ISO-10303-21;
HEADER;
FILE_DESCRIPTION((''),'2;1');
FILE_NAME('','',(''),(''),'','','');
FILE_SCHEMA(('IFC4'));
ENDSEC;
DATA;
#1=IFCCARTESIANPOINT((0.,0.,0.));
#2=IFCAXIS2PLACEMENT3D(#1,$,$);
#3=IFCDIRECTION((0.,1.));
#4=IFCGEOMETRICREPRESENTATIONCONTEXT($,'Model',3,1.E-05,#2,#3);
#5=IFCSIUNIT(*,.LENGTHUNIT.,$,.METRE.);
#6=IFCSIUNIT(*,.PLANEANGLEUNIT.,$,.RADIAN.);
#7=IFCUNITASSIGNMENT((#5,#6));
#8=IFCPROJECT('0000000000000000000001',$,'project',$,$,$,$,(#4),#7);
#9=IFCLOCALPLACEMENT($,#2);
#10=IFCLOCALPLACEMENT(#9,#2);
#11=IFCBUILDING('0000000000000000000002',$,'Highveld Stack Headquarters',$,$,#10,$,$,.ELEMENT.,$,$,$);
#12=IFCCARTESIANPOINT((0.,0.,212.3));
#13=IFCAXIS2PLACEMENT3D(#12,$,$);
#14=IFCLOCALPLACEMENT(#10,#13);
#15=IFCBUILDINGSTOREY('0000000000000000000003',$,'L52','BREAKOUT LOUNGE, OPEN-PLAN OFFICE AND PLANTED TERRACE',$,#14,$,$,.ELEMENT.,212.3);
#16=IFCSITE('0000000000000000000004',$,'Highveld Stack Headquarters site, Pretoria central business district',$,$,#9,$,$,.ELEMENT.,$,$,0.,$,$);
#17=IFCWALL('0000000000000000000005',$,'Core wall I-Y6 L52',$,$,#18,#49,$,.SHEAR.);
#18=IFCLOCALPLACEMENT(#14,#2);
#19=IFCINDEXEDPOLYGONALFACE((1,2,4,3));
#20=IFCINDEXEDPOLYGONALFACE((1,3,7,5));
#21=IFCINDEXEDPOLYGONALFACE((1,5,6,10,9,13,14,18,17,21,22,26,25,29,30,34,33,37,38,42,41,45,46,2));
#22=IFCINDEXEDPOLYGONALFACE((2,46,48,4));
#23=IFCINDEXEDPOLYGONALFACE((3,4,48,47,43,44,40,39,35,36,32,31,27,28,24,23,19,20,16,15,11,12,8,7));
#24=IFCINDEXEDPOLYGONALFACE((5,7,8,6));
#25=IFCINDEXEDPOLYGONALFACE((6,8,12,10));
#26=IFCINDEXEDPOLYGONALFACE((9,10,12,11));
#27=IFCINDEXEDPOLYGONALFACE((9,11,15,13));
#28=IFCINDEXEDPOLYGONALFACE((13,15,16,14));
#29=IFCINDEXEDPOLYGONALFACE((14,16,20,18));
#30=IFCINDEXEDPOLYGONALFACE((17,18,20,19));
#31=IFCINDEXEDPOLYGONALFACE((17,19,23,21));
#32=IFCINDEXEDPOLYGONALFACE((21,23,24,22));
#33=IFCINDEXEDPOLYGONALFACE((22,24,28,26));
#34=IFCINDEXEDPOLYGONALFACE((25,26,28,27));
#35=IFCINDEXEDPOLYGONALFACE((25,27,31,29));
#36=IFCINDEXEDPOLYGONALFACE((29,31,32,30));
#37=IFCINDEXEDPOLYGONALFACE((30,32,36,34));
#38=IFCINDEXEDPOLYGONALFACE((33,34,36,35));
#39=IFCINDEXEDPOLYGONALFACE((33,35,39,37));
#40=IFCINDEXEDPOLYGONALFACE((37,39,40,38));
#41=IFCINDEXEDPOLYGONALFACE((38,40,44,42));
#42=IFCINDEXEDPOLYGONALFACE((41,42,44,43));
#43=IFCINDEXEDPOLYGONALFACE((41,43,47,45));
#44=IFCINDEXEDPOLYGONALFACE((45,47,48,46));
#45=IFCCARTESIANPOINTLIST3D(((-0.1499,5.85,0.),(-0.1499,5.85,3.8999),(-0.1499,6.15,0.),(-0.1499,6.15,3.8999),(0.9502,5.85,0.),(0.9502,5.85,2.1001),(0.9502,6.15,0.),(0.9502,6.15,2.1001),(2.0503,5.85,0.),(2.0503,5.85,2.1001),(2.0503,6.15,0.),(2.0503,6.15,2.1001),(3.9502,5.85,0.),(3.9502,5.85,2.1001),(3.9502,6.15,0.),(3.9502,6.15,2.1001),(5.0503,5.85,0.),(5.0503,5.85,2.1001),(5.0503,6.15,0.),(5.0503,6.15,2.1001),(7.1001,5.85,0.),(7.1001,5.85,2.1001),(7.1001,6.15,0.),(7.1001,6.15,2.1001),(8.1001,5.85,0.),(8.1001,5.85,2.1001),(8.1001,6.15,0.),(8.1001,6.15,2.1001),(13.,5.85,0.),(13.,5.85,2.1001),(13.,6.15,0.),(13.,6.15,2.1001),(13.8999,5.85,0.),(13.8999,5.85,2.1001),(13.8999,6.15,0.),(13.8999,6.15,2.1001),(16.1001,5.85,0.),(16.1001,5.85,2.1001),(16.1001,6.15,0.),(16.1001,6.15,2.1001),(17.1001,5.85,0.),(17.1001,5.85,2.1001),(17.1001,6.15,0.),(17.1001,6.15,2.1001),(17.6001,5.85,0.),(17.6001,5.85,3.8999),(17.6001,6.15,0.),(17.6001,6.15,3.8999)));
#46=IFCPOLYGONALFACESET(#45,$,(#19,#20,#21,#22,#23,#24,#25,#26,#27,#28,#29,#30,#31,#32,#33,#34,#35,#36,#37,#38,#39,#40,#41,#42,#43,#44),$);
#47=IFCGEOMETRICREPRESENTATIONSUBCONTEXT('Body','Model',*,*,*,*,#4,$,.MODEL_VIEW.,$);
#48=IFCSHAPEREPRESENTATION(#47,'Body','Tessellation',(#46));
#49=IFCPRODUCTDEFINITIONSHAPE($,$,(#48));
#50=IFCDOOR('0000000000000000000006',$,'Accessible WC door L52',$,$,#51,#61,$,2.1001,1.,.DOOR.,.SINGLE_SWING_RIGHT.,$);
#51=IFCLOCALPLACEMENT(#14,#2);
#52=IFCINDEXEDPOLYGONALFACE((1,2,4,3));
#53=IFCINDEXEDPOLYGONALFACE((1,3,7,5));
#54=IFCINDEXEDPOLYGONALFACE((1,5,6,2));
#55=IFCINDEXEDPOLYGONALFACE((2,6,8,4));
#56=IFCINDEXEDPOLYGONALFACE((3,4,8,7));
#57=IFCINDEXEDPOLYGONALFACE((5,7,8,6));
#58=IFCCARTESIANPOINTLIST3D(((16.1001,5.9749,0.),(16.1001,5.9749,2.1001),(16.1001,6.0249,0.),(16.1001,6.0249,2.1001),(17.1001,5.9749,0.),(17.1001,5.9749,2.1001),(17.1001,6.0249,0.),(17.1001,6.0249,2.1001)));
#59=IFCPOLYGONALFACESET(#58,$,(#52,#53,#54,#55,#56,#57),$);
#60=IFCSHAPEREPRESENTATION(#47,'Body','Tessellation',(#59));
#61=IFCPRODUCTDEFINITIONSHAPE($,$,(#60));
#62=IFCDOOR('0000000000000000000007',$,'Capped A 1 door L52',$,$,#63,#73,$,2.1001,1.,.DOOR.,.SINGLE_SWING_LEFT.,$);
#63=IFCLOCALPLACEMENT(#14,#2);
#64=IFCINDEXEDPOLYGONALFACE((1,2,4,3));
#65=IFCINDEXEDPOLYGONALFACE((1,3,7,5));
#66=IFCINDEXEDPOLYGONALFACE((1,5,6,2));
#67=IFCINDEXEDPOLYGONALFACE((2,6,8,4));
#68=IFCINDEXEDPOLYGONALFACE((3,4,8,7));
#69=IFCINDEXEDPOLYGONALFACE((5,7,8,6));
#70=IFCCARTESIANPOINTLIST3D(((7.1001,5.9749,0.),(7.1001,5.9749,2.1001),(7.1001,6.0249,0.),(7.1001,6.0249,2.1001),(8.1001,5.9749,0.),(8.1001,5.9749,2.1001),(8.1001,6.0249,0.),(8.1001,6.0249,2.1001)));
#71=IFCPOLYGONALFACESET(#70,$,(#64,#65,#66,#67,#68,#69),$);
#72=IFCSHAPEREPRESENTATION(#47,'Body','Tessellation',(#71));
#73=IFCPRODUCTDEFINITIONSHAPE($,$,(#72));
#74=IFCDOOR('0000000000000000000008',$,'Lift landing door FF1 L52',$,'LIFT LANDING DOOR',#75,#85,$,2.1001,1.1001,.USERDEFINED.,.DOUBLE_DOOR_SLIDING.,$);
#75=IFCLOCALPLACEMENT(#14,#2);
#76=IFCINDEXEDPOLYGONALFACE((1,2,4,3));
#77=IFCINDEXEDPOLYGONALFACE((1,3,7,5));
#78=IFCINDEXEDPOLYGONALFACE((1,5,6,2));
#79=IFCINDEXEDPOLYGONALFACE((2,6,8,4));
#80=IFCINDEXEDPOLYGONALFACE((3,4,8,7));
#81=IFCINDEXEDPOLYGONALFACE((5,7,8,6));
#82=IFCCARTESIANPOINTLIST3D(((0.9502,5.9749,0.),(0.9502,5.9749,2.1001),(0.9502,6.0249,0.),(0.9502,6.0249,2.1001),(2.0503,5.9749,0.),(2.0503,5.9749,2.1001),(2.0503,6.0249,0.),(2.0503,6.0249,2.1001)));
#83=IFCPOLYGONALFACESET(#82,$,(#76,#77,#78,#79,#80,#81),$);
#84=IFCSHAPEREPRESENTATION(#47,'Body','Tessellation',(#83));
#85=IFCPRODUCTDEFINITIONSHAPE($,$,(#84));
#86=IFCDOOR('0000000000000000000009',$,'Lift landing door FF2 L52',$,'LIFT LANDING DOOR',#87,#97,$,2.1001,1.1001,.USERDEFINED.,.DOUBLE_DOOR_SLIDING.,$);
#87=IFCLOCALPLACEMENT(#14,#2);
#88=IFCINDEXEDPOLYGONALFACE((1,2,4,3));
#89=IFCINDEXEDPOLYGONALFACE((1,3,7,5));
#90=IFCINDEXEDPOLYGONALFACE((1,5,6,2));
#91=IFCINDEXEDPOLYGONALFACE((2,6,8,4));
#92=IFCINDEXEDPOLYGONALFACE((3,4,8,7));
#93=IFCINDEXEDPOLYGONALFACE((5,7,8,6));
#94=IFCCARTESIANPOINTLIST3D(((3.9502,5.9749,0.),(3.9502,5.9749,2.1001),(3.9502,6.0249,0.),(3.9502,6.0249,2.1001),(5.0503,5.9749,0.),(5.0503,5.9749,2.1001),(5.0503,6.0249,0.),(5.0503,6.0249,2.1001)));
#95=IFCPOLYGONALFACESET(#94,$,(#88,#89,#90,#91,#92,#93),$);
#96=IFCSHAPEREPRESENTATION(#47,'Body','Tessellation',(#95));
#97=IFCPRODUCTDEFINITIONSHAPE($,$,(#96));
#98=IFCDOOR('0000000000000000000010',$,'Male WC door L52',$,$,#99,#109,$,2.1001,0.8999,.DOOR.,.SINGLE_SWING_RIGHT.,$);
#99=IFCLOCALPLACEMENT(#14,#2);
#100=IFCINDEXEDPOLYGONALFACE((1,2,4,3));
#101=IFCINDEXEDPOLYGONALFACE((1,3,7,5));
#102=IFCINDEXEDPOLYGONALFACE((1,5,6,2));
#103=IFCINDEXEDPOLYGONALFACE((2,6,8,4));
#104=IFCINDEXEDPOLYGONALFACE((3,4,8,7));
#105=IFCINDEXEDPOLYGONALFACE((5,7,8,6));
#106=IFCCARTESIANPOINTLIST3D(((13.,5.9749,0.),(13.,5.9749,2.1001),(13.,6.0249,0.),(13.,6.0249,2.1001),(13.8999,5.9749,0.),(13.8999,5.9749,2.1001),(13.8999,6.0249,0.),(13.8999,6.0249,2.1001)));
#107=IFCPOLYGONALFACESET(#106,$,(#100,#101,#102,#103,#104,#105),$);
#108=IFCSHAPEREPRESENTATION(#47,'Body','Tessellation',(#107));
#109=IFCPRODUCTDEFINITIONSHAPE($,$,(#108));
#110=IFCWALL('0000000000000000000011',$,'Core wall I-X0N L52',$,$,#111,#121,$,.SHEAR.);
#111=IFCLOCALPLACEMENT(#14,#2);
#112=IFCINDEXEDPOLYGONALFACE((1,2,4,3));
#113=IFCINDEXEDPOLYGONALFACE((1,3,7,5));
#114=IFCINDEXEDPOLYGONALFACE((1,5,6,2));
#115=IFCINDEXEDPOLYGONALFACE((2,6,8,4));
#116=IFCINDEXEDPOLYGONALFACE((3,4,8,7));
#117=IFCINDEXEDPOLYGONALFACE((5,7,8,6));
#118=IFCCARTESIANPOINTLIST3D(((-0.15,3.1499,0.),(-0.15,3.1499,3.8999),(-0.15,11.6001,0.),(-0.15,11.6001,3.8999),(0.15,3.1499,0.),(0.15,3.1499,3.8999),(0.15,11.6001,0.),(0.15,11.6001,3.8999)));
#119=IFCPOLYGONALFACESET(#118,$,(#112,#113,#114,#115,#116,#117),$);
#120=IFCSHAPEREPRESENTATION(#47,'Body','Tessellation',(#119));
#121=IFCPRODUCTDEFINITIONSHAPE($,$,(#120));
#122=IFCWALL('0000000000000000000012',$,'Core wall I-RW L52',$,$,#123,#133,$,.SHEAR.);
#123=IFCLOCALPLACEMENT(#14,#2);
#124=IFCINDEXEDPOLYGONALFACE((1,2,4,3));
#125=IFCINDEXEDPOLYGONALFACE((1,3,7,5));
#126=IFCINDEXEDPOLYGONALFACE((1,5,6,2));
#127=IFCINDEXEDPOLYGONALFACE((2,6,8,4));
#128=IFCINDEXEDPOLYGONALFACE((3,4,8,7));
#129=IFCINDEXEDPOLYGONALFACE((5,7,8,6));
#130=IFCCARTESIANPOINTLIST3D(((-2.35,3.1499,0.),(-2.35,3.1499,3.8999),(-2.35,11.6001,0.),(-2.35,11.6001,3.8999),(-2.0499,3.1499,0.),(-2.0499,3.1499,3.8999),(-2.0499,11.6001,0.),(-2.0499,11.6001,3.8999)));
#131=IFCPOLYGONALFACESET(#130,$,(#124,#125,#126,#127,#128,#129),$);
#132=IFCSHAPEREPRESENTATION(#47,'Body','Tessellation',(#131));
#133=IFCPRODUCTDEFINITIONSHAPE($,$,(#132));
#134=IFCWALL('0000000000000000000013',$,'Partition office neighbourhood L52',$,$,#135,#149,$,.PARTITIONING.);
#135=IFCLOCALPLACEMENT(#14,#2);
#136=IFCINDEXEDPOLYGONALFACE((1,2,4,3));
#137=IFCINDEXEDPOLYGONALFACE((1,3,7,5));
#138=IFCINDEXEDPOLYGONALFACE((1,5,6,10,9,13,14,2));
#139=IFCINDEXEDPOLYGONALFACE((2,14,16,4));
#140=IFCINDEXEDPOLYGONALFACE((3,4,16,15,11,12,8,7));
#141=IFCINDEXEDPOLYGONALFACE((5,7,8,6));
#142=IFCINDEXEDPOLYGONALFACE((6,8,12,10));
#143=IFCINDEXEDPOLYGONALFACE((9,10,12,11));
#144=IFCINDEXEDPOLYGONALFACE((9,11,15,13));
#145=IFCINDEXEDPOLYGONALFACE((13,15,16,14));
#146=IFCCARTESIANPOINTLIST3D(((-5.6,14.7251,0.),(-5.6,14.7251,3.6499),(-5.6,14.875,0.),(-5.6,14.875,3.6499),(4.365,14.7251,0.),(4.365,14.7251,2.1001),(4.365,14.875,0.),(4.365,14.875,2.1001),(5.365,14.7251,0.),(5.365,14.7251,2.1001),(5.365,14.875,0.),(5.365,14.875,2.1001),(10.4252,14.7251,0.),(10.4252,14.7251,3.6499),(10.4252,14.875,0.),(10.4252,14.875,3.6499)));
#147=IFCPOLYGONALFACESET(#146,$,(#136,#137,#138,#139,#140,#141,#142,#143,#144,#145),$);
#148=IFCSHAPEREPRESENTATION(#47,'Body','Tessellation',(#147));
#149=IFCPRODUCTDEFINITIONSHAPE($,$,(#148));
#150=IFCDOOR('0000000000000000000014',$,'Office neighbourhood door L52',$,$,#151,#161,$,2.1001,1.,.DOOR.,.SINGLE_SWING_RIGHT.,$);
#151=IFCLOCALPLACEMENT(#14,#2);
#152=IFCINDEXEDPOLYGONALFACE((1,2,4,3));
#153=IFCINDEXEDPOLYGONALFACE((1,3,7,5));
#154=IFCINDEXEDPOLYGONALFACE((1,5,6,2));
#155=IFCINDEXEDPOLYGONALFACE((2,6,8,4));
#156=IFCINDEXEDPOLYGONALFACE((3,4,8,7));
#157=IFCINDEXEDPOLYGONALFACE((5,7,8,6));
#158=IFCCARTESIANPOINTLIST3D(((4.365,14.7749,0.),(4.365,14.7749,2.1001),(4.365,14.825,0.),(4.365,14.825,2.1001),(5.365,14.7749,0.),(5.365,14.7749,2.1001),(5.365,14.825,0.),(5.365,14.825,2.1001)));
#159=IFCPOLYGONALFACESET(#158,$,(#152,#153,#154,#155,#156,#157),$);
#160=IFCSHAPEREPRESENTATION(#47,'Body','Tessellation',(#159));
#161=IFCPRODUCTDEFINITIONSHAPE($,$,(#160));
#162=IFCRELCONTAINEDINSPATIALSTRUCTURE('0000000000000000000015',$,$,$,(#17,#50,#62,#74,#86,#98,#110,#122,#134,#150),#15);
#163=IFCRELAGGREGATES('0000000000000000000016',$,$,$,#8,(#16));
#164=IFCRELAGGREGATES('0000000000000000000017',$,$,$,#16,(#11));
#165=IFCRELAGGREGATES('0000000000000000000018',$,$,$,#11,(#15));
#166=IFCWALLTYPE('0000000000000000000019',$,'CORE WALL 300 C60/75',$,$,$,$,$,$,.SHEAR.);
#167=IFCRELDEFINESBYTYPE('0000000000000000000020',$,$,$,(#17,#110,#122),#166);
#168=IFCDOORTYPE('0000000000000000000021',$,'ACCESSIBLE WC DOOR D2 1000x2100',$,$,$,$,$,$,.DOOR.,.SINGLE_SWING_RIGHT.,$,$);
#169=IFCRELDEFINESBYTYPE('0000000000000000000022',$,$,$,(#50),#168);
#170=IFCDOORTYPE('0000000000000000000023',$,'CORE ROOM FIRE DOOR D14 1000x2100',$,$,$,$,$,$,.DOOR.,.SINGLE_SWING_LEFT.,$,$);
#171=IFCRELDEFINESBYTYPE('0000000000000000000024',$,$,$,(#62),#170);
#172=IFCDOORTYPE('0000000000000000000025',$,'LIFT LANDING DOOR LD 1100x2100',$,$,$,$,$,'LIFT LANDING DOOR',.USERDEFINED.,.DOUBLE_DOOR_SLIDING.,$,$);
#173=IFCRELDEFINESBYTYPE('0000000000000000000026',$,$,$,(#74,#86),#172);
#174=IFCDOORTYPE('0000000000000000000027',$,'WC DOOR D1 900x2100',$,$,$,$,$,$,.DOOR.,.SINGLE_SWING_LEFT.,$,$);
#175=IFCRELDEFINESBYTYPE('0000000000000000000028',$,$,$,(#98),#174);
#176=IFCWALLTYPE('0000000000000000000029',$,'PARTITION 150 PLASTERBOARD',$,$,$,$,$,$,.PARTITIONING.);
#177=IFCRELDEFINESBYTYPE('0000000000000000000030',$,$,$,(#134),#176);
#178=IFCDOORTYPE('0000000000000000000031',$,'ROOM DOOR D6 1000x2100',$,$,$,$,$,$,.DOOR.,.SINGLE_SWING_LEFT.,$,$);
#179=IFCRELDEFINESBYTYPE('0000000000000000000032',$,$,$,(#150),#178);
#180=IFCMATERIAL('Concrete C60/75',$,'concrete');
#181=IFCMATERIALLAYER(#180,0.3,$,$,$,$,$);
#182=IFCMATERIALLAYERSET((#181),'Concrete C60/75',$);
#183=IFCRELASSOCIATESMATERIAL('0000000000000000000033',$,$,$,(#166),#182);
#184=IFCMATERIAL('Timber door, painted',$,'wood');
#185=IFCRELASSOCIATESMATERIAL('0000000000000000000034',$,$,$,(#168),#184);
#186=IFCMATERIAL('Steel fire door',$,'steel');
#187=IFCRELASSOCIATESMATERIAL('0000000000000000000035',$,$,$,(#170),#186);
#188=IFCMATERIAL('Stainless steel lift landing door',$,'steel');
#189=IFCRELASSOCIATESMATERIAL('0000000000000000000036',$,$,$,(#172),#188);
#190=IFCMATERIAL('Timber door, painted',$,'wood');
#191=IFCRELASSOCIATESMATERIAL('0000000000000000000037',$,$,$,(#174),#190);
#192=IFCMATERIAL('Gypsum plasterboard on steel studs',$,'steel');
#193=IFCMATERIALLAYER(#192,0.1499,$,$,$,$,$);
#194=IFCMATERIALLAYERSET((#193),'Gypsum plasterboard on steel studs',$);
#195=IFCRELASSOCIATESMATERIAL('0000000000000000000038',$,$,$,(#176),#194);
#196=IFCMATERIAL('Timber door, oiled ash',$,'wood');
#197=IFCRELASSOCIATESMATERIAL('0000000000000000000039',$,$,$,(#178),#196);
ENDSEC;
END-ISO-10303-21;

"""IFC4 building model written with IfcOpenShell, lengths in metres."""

from ifc_helpers import new_model, si_unit, direction, frame, frame_2d, origin, place, context, subcontext, project, spatial, rectangle, extrude, material, layer, layer_set, type_object, element, fill, save


model = new_model("IFC4")

# Units and contexts
model_context = context("Model", 3, precision=1e-05, world=origin(), true_north=direction((0.0, 1.0)))
body_context = subcontext(model_context, "Body", "Model", "MODEL_VIEW")
ifc_project = project(units=[si_unit("LENGTHUNIT", "METRE"), si_unit("PLANEANGLEUNIT", "RADIAN")], contexts=[model_context])

# Site, building, storey
site_placement = place(None, origin())
site = spatial("IfcSite", under=ifc_project, at=site_placement, Name="Highveld Stack Headquarters site, Pretoria central business district", CompositionType="ELEMENT", RefElevation=0.0)
building_placement = place(site_placement, origin())
building = spatial("IfcBuilding", under=site, at=building_placement, Name="Highveld Stack Headquarters", CompositionType="ELEMENT")
storey_placement = place(building_placement, frame((0.0, 0.0, 212.3)))
storey = spatial("IfcBuildingStorey", under=building, at=storey_placement, Name="L52", Description="BREAKOUT LOUNGE, OPEN-PLAN OFFICE AND PLANTED TERRACE", CompositionType="ELEMENT", Elevation=212.3)

# Wall, openings, doors
ifc_material_1 = material(Name="Concrete C60/75", Category="concrete")
ifc_layer_1 = layer(ifc_material_1, 0.3)
ifc_layer_set_1 = layer_set([ifc_layer_1], Name="Concrete C60/75")
wall_type_1 = type_object("IfcWallType", Name="CORE WALL 300 C60/75", PredefinedType="SHEAR", material=ifc_layer_set_1)
wall_1_placement = place(storey_placement, frame((-0.1499, 6.0, 0.0), z_axis=(0.0, 0.0, 1.0), x_axis=(1.0, 0.0, 0.0)))
wall_1 = element("IfcWall", 1, at=wall_1_placement, inside=storey, type_object=wall_type_1, Name="Core wall I-Y6 L52", PredefinedType="SHEAR", context=body_context, shape_type="SweptSolid", body=[
    extrude(rectangle(XDim=17.75, YDim=0.3, at=frame_2d((8.875, 0.0))), origin(), (0.0, 0.0, 1.0), 3.8999),
])
opening_1_placement = place(wall_1_placement, frame((13.1499, 0.0, 0.0)))
opening_1 = element("IfcOpeningElement", 2, at=opening_1_placement, cuts=wall_1, PredefinedType="OPENING", context=body_context, shape_type="SweptSolid", body=[
    extrude(rectangle(XDim=0.8999, YDim=2.1001, at=frame_2d((0.45, 1.05))), frame((0.0, 0.1599, 0.0), z_axis=(0.0, -1.0, 0.0), x_axis=(1.0, 0.0, 0.0)), (0.0, 0.0, 1.0), 0.3201),
])
opening_2_placement = place(wall_1_placement, frame((16.25, 0.0, 0.0)))
opening_2 = element("IfcOpeningElement", 3, at=opening_2_placement, cuts=wall_1, PredefinedType="OPENING", context=body_context, shape_type="SweptSolid", body=[
    extrude(rectangle(XDim=1.0, YDim=2.1001, at=frame_2d((0.5, 1.05))), frame((0.0, 0.1599, 0.0), z_axis=(0.0, -1.0, 0.0), x_axis=(1.0, 0.0, 0.0)), (0.0, 0.0, 1.0), 0.3201),
])
opening_3_placement = place(wall_1_placement, frame((7.25, 0.0, 0.0)))
opening_3 = element("IfcOpeningElement", 4, at=opening_3_placement, cuts=wall_1, PredefinedType="OPENING", context=body_context, shape_type="SweptSolid", body=[
    extrude(rectangle(XDim=1.0, YDim=2.1001, at=frame_2d((0.5, 1.05))), frame((0.0, 0.1599, 0.0), z_axis=(0.0, -1.0, 0.0), x_axis=(1.0, 0.0, 0.0)), (0.0, 0.0, 1.0), 0.3201),
])
opening_4_placement = place(wall_1_placement, frame((1.1001, 0.0, 0.0)))
opening_4 = element("IfcOpeningElement", 5, at=opening_4_placement, cuts=wall_1, PredefinedType="OPENING", context=body_context, shape_type="SweptSolid", body=[
    extrude(rectangle(XDim=1.1001, YDim=2.1001, at=frame_2d((0.55, 1.05))), frame((0.0, 0.1599, 0.0), z_axis=(0.0, -1.0, 0.0), x_axis=(1.0, 0.0, 0.0)), (0.0, 0.0, 1.0), 0.3201),
])
opening_5_placement = place(wall_1_placement, frame((4.1001, 0.0, 0.0)))
opening_5 = element("IfcOpeningElement", 6, at=opening_5_placement, cuts=wall_1, PredefinedType="OPENING", context=body_context, shape_type="SweptSolid", body=[
    extrude(rectangle(XDim=1.1001, YDim=2.1001, at=frame_2d((0.55, 1.05))), frame((0.0, 0.1599, 0.0), z_axis=(0.0, -1.0, 0.0), x_axis=(1.0, 0.0, 0.0)), (0.0, 0.0, 1.0), 0.3201),
])
ifc_material_2 = material(Name="Timber door, painted", Category="wood")
door_type_1 = type_object("IfcDoorType", Name="ACCESSIBLE WC DOOR D2 1000x2100", OperationType="SINGLE_SWING_RIGHT", PredefinedType="DOOR", material=ifc_material_2)
door_1_placement = place(opening_2_placement, origin())
door_1 = element("IfcDoor", 7, at=door_1_placement, inside=storey, type_object=door_type_1, Name="Accessible WC door L52", OperationType="SINGLE_SWING_RIGHT", OverallHeight=2.1001, OverallWidth=1.0, PredefinedType="DOOR", context=body_context, shape_type="SweptSolid", body=[
    extrude(rectangle(XDim=1.0, YDim=2.1001, at=frame_2d((0.5, 1.05))), frame((0.0, 0.0249, 0.0), z_axis=(0.0, -1.0, 0.0), x_axis=(1.0, 0.0, 0.0)), (0.0, 0.0, 1.0), 0.05),
])
fill(opening_2, door_1)
ifc_material_3 = material(Name="Steel fire door", Category="steel")
door_type_2 = type_object("IfcDoorType", Name="CORE ROOM FIRE DOOR D14 1000x2100", OperationType="SINGLE_SWING_LEFT", PredefinedType="DOOR", material=ifc_material_3)
door_2_placement = place(opening_3_placement, origin())
door_2 = element("IfcDoor", 8, at=door_2_placement, inside=storey, type_object=door_type_2, Name="Capped A 1 door L52", OperationType="SINGLE_SWING_LEFT", OverallHeight=2.1001, OverallWidth=1.0, PredefinedType="DOOR", context=body_context, shape_type="SweptSolid", body=[
    extrude(rectangle(XDim=1.0, YDim=2.1001, at=frame_2d((0.5, 1.05))), frame((0.0, 0.0249, 0.0), z_axis=(0.0, -1.0, 0.0), x_axis=(1.0, 0.0, 0.0)), (0.0, 0.0, 1.0), 0.05),
])
fill(opening_3, door_2)
ifc_material_4 = material(Name="Stainless steel lift landing door", Category="steel")
door_type_3 = type_object("IfcDoorType", Name="LIFT LANDING DOOR LD 1100x2100", ElementType="LIFT LANDING DOOR", OperationType="DOUBLE_DOOR_SLIDING", PredefinedType="USERDEFINED", material=ifc_material_4)
door_3_placement = place(opening_4_placement, origin())
door_3 = element("IfcDoor", 9, at=door_3_placement, inside=storey, type_object=door_type_3, Name="Lift landing door FF1 L52", ObjectType="LIFT LANDING DOOR", OperationType="DOUBLE_DOOR_SLIDING", OverallHeight=2.1001, OverallWidth=1.1001, PredefinedType="USERDEFINED", context=body_context, shape_type="SweptSolid", body=[
    extrude(rectangle(XDim=1.1001, YDim=2.1001, at=frame_2d((0.55, 1.05))), frame((0.0, 0.0249, 0.0), z_axis=(0.0, -1.0, 0.0), x_axis=(1.0, 0.0, 0.0)), (0.0, 0.0, 1.0), 0.05),
])
fill(opening_4, door_3)
door_4_placement = place(opening_5_placement, origin())
door_4 = element("IfcDoor", 10, at=door_4_placement, inside=storey, type_object=door_type_3, Name="Lift landing door FF2 L52", ObjectType="LIFT LANDING DOOR", OperationType="DOUBLE_DOOR_SLIDING", OverallHeight=2.1001, OverallWidth=1.1001, PredefinedType="USERDEFINED", context=body_context, shape_type="SweptSolid", body=[
    extrude(rectangle(XDim=1.1001, YDim=2.1001, at=frame_2d((0.55, 1.05))), frame((0.0, 0.0249, 0.0), z_axis=(0.0, -1.0, 0.0), x_axis=(1.0, 0.0, 0.0)), (0.0, 0.0, 1.0), 0.05),
])
fill(opening_5, door_4)
ifc_material_5 = material(Name="Timber door, painted", Category="wood")
door_type_4 = type_object("IfcDoorType", Name="WC DOOR D1 900x2100", OperationType="SINGLE_SWING_LEFT", PredefinedType="DOOR", material=ifc_material_5)
door_5_placement = place(opening_1_placement, origin())
door_5 = element("IfcDoor", 11, at=door_5_placement, inside=storey, type_object=door_type_4, Name="Male WC door L52", OperationType="SINGLE_SWING_RIGHT", OverallHeight=2.1001, OverallWidth=0.8999, PredefinedType="DOOR", context=body_context, shape_type="SweptSolid", body=[
    extrude(rectangle(XDim=0.8999, YDim=2.1001, at=frame_2d((0.45, 1.05))), frame((0.0, 0.0249, 0.0), z_axis=(0.0, -1.0, 0.0), x_axis=(1.0, 0.0, 0.0)), (0.0, 0.0, 1.0), 0.05),
])
fill(opening_1, door_5)

# Walls
for number, where, z_axis, x_axis, name in (
    (12, (0.0, 3.1499, 0.0), (0.0, 0.0, 1.0), (0.0, 1.0, 0.0), "Core wall I-X0N L52"),
    (13, (-2.2, 3.1499, 0.0), (0.0, 0.0, 1.0), (0.0, 1.0, 0.0), "Core wall I-RW L52"),
):
    element("IfcWall", number, at=place(storey_placement, frame(where, z_axis=z_axis, x_axis=x_axis)), inside=storey, type_object=wall_type_1, Name=name, PredefinedType="SHEAR", context=body_context, shape_type="SweptSolid", body=[
        extrude(rectangle(XDim=8.4502, YDim=0.3, at=frame_2d((4.2251, 0.0))), origin(), (0.0, 0.0, 1.0), 3.8999),
    ])

# Wall, opening, door
ifc_material_6 = material(Name="Gypsum plasterboard on steel studs", Category="steel")
ifc_layer_2 = layer(ifc_material_6, 0.1499)
ifc_layer_set_2 = layer_set([ifc_layer_2], Name="Gypsum plasterboard on steel studs")
wall_type_2 = type_object("IfcWallType", Name="PARTITION 150 PLASTERBOARD", PredefinedType="PARTITIONING", material=ifc_layer_set_2)
wall_2_placement = place(storey_placement, frame((-5.6001, 14.8, 0.0), z_axis=(0.0, 0.0, 1.0), x_axis=(1.0, 0.0, 0.0)))
wall_2 = element("IfcWall", 14, at=wall_2_placement, inside=storey, type_object=wall_type_2, Name="Partition office neighbourhood L52", PredefinedType="PARTITIONING", context=body_context, shape_type="SweptSolid", body=[
    extrude(rectangle(XDim=16.0251, YDim=0.1499, at=frame_2d((8.0127, 0.0))), origin(), (0.0, 0.0, 1.0), 3.6499),
])
opening_6_placement = place(wall_2_placement, frame((9.9651, 0.0, 0.0)))
opening_6 = element("IfcOpeningElement", 15, at=opening_6_placement, cuts=wall_2, PredefinedType="OPENING", context=body_context, shape_type="SweptSolid", body=[
    extrude(rectangle(XDim=1.0, YDim=2.1001, at=frame_2d((0.5, 1.05))), frame((0.0, 0.085, 0.0), z_axis=(0.0, -1.0, 0.0), x_axis=(1.0, 0.0, 0.0)), (0.0, 0.0, 1.0), 0.1699),
])
ifc_material_7 = material(Name="Timber door, oiled ash", Category="wood")
door_type_5 = type_object("IfcDoorType", Name="ROOM DOOR D6 1000x2100", OperationType="SINGLE_SWING_LEFT", PredefinedType="DOOR", material=ifc_material_7)
door_6_placement = place(opening_6_placement, origin())
door_6 = element("IfcDoor", 16, at=door_6_placement, inside=storey, type_object=door_type_5, Name="Office neighbourhood door L52", OperationType="SINGLE_SWING_RIGHT", OverallHeight=2.1001, OverallWidth=1.0, PredefinedType="DOOR", context=body_context, shape_type="SweptSolid", body=[
    extrude(rectangle(XDim=1.0, YDim=2.1001, at=frame_2d((0.5, 1.05))), frame((0.0, 0.0249, 0.0), z_axis=(0.0, -1.0, 0.0), x_axis=(1.0, 0.0, 0.0)), (0.0, 0.0, 1.0), 0.05),
])
fill(opening_6, door_6)

save(model, "model.ifc")
